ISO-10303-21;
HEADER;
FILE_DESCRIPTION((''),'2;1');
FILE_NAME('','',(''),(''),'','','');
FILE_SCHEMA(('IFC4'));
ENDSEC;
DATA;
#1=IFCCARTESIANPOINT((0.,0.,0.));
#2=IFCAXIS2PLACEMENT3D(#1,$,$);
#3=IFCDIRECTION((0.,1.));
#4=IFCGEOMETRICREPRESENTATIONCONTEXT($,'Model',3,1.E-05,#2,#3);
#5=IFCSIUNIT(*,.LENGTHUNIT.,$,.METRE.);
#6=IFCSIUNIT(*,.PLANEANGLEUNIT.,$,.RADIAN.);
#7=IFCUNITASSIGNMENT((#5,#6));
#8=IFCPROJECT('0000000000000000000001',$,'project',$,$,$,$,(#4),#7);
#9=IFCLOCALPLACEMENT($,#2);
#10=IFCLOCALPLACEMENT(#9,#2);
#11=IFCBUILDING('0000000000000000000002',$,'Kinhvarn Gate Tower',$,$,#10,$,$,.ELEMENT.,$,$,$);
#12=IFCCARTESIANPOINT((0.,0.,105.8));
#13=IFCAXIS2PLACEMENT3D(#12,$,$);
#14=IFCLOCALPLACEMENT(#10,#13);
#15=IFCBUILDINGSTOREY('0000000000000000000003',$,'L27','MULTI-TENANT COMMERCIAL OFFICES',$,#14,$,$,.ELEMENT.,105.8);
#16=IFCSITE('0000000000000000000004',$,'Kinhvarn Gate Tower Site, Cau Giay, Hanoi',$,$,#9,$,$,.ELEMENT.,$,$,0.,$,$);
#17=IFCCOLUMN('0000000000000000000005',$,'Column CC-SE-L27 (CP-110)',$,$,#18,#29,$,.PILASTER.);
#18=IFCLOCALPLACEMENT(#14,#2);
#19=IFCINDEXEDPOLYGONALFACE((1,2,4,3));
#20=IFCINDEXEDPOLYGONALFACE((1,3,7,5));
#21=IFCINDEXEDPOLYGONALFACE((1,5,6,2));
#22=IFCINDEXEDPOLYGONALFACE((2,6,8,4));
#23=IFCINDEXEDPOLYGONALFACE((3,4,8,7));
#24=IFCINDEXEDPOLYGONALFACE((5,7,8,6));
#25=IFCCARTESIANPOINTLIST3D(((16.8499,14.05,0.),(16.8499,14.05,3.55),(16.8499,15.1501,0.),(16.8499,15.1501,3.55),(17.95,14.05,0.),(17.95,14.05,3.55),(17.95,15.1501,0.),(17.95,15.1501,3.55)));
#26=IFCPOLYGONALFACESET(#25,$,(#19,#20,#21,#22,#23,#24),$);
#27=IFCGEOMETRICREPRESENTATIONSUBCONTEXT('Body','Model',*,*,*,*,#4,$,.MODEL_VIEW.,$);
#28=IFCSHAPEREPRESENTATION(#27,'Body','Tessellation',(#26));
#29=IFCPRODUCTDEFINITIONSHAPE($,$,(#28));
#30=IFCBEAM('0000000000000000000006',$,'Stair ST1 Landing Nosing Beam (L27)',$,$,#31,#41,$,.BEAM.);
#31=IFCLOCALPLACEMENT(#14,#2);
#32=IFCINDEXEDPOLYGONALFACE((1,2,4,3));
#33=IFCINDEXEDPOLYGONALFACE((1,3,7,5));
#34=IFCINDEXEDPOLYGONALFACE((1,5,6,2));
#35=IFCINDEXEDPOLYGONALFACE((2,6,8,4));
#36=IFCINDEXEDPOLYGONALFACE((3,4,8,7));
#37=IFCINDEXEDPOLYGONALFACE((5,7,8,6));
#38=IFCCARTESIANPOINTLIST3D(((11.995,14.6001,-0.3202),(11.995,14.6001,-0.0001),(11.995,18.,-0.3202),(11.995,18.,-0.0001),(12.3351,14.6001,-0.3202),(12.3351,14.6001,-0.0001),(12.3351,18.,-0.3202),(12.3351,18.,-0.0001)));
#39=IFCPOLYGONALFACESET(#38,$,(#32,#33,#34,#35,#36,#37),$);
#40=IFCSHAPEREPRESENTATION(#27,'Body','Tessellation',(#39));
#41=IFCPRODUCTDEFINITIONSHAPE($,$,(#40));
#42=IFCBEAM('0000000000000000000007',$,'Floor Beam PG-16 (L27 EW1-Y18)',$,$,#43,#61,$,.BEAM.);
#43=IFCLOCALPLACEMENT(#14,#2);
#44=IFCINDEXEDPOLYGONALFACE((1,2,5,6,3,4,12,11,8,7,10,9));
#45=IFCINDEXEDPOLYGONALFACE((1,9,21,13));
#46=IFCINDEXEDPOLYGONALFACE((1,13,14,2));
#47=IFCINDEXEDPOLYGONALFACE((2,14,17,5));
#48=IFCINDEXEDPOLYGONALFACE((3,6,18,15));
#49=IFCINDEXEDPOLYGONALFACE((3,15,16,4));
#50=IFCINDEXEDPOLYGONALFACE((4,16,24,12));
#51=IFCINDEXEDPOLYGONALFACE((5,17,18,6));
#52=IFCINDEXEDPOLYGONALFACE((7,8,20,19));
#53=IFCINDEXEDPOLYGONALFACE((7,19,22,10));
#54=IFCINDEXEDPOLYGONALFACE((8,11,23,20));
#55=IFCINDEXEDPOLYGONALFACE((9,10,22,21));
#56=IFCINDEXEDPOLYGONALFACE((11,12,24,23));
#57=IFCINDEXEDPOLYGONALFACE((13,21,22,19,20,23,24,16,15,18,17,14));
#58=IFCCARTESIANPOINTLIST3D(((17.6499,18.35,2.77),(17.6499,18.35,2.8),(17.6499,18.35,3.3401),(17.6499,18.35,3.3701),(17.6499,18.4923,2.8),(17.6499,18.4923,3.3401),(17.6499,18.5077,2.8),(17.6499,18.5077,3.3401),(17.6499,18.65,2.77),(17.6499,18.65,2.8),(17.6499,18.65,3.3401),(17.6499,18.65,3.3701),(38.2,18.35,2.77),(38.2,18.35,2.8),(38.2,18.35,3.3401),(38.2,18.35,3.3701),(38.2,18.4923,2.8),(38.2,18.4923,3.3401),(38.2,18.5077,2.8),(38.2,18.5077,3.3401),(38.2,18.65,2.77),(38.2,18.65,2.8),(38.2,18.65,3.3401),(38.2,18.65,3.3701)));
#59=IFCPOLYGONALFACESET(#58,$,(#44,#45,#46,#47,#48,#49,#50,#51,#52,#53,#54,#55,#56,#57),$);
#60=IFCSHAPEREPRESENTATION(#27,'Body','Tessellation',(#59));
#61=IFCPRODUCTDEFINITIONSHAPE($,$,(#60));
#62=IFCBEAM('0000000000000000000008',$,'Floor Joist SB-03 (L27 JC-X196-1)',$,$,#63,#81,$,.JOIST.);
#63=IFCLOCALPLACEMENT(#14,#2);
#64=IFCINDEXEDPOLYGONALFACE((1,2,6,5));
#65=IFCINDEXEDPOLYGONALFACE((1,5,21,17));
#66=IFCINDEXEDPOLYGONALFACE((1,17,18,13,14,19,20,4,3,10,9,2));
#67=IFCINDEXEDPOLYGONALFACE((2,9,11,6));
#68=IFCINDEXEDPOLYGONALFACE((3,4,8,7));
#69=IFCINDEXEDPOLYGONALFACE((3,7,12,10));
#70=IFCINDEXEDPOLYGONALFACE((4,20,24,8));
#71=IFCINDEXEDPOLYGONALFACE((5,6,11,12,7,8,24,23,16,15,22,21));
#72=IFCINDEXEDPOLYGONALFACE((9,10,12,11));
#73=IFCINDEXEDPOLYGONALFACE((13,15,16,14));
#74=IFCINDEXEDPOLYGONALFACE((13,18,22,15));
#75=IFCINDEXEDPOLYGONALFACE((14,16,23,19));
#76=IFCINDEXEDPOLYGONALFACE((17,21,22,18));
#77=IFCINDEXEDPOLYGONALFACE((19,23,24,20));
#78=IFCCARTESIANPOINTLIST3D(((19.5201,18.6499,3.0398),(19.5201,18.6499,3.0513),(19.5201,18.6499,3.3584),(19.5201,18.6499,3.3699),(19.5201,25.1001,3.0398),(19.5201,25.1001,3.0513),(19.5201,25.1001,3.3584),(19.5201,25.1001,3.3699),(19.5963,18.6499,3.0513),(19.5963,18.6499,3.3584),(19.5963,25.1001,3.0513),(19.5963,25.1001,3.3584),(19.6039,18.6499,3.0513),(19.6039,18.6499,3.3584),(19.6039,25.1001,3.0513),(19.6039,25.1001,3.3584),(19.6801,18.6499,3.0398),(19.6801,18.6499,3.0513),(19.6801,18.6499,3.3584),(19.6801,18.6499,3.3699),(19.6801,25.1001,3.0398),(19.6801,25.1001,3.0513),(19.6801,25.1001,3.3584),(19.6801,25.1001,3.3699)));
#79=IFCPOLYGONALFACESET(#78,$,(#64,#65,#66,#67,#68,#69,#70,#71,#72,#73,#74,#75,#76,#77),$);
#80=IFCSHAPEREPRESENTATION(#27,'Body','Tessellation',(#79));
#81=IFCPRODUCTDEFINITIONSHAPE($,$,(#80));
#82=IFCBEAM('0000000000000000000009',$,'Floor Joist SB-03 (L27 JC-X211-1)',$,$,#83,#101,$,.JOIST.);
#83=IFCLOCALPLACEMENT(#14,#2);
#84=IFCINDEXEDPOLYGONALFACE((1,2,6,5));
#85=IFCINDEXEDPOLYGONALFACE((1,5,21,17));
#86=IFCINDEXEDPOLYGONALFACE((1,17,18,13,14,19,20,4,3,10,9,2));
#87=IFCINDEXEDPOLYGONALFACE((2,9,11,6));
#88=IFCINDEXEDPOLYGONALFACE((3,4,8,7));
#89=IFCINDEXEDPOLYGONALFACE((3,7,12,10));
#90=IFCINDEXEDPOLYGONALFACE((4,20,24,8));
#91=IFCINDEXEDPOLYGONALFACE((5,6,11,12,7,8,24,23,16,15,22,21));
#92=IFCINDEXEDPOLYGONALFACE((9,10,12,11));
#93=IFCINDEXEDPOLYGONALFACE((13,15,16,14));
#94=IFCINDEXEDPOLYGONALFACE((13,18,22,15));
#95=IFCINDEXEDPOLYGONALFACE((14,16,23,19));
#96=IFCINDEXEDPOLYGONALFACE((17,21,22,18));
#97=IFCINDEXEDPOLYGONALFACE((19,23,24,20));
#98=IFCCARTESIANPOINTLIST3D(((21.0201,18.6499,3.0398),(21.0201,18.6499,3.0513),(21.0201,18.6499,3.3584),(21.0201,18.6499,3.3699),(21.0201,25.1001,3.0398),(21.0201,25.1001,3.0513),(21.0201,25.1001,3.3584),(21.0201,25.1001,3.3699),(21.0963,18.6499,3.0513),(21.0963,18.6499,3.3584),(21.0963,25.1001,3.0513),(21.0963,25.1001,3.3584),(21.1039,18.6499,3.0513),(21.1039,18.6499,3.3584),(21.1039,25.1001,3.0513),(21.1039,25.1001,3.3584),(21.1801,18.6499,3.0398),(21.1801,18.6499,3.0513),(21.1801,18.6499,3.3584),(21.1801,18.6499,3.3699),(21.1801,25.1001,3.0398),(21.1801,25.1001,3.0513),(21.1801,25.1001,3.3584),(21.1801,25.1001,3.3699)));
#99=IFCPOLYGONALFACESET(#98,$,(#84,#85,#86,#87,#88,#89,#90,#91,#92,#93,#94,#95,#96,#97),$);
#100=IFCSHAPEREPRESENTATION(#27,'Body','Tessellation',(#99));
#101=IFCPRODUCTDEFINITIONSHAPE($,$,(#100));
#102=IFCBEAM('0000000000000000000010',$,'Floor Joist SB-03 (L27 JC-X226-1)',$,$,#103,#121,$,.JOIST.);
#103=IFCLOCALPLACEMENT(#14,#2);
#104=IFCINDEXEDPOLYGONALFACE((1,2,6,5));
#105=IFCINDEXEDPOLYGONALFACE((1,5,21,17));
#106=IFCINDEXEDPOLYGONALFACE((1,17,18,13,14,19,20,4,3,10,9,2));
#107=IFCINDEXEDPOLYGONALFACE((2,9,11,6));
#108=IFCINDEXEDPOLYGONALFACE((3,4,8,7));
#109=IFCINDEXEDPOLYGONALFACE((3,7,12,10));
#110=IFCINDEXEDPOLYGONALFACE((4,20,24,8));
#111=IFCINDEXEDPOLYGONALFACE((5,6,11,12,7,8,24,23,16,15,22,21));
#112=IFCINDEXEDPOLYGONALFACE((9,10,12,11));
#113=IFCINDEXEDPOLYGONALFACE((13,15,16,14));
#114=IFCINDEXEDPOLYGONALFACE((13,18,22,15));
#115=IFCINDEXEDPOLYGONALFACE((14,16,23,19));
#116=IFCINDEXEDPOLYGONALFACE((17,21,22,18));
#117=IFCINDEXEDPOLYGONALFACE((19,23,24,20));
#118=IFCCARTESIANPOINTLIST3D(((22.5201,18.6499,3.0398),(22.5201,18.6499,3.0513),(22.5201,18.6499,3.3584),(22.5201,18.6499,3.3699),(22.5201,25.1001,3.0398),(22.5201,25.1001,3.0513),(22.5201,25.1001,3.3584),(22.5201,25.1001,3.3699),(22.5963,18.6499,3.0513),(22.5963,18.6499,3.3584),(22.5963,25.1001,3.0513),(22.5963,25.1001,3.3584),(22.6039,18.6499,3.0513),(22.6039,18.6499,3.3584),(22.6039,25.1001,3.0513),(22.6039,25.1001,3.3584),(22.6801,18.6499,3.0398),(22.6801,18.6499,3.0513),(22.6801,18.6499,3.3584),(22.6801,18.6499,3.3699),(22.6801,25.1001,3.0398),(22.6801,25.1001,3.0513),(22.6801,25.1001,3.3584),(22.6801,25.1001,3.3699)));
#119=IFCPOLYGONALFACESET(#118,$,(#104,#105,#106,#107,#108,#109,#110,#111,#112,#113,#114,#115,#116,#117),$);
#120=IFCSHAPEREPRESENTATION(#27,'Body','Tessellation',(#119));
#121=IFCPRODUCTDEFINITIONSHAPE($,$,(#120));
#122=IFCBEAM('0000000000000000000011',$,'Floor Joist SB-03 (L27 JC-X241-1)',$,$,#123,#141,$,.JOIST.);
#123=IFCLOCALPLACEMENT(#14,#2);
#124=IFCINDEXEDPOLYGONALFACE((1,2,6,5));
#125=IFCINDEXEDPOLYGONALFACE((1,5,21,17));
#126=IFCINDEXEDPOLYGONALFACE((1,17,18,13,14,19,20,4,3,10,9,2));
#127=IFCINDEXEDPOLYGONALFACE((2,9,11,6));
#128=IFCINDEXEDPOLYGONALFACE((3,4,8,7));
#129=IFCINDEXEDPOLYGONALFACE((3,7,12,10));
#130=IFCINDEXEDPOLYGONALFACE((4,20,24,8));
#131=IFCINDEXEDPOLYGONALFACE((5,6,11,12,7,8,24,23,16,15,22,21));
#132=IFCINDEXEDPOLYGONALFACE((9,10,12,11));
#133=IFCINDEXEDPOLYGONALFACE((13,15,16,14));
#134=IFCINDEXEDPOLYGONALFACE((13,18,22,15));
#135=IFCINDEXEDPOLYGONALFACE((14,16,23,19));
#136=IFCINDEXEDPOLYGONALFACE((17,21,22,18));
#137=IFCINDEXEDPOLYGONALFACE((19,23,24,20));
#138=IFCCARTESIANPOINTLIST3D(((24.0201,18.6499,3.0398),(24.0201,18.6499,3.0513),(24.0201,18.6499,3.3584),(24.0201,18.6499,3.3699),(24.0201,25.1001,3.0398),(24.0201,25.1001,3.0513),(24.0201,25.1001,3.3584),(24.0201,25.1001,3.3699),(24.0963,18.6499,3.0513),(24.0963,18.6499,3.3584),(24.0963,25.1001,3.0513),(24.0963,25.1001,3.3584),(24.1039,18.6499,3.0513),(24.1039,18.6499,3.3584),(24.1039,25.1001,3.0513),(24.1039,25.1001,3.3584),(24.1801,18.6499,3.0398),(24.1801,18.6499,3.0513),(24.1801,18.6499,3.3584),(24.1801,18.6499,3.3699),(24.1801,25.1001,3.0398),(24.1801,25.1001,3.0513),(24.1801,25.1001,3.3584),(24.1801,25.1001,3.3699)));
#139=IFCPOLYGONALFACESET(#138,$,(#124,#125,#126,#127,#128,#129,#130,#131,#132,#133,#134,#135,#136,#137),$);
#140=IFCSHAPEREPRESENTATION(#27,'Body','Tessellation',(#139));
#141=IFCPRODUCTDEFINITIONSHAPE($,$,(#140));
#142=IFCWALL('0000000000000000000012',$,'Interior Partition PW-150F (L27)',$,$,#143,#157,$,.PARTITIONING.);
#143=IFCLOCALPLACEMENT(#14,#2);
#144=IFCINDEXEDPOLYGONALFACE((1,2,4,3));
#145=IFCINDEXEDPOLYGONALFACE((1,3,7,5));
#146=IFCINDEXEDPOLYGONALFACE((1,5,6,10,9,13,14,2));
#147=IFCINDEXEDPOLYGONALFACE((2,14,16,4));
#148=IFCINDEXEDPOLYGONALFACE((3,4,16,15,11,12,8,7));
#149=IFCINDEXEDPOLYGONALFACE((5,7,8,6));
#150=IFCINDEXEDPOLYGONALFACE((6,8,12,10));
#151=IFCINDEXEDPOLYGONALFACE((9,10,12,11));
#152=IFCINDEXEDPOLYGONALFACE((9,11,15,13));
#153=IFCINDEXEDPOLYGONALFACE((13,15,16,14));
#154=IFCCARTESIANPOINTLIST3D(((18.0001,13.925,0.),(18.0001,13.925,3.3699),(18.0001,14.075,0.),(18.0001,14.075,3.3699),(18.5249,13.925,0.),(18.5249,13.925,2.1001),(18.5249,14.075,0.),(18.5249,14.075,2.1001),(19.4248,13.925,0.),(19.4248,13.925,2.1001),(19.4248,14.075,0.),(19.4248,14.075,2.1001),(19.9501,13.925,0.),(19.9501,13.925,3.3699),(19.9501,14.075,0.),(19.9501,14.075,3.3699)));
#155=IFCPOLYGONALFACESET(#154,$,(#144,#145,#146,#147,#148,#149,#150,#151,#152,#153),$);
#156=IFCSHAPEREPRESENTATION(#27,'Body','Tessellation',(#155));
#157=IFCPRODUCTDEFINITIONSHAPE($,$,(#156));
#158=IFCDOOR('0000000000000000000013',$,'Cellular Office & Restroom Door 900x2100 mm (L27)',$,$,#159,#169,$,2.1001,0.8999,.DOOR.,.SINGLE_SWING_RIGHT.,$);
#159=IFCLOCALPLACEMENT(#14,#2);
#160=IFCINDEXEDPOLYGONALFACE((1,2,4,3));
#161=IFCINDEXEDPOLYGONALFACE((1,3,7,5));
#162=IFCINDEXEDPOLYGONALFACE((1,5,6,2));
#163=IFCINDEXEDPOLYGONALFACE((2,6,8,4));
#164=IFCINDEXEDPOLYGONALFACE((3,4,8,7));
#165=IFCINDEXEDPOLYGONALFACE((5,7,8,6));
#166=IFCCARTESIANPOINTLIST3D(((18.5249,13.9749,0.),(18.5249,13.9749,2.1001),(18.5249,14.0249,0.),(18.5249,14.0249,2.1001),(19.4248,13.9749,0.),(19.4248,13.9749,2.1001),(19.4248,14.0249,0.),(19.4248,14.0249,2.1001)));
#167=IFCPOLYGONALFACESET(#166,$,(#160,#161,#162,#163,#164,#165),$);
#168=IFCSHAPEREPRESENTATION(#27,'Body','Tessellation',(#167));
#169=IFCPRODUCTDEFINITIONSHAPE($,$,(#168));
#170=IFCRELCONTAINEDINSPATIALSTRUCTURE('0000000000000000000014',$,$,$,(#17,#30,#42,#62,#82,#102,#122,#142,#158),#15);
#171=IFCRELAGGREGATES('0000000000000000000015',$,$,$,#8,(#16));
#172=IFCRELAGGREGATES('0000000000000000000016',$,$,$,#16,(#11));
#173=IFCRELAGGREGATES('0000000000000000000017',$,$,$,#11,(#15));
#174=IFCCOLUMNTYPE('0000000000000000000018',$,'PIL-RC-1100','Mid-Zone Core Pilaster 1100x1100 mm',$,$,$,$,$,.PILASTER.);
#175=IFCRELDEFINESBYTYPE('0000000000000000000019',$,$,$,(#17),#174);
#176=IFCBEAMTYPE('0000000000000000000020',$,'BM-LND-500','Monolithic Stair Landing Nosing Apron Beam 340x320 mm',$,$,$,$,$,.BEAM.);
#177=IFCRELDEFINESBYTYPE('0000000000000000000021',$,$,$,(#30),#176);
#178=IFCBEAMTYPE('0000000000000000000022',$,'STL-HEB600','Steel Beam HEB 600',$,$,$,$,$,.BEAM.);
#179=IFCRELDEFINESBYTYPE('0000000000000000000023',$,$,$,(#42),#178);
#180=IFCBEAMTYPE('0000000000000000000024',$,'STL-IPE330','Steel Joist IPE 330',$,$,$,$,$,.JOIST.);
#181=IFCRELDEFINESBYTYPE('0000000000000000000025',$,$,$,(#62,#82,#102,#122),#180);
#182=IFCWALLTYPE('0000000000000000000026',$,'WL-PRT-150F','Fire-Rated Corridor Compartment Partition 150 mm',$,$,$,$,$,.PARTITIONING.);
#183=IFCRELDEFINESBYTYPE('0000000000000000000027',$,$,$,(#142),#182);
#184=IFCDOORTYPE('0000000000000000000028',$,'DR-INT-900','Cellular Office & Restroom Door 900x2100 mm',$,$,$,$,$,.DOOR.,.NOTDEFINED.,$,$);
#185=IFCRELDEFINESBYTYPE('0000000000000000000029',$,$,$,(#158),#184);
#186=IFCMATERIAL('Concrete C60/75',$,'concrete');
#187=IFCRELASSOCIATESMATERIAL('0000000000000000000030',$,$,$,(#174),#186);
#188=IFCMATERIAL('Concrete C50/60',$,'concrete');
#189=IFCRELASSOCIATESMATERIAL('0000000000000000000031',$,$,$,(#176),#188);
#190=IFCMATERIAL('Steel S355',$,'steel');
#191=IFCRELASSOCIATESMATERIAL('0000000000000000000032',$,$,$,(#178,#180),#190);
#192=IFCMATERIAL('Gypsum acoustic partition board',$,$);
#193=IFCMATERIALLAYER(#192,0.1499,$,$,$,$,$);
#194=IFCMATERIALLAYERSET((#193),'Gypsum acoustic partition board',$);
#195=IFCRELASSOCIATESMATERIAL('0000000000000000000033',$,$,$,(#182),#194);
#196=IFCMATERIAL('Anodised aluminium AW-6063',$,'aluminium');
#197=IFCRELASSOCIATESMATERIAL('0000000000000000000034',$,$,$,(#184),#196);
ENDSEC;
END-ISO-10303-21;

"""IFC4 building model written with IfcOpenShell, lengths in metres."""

from ifc_helpers import new_model, si_unit, direction, frame, frame_2d, origin, origin_2d, place, context, subcontext, project, spatial, rectangle, i_section, extrude, material, layer, layer_set, material_profile, profile_set, type_object, element, fill, save


model = new_model("IFC4")

# Units and contexts
model_context = context("Model", 3, precision=1e-05, world=origin(), true_north=direction((0.0, 1.0)))
body_context = subcontext(model_context, "Body", "Model", "MODEL_VIEW")
ifc_project = project(units=[si_unit("LENGTHUNIT", "METRE"), si_unit("PLANEANGLEUNIT", "RADIAN")], contexts=[model_context])

# Site, building, storey
site_placement = place(None, origin())
site = spatial("IfcSite", under=ifc_project, at=site_placement, Name="Kinhvarn Gate Tower Site, Cau Giay, Hanoi", CompositionType="ELEMENT", RefElevation=0.0)
building_placement = place(site_placement, origin())
building = spatial("IfcBuilding", under=site, at=building_placement, Name="Kinhvarn Gate Tower", CompositionType="ELEMENT")
storey_placement = place(building_placement, frame((0.0, 0.0, 105.8)))
storey = spatial("IfcBuildingStorey", under=building, at=storey_placement, Name="L27", Description="MULTI-TENANT COMMERCIAL OFFICES", CompositionType="ELEMENT", Elevation=105.8)

# Column
ifc_material_1 = material(Name="Concrete C60/75", Category="concrete")
ifc_material_profile_1 = material_profile(ifc_material_1, rectangle(XDim=1.1001, YDim=1.1001, at=origin_2d()), Name="RC 1100x1100")
ifc_profile_set_1 = profile_set([ifc_material_profile_1], Name="Concrete C60/75")
column_type = type_object("IfcColumnType", Name="PIL-RC-1100", Description="Mid-Zone Core Pilaster 1100x1100 mm", PredefinedType="PILASTER", material=ifc_profile_set_1)
column_placement = place(storey_placement, frame((17.3999, 14.6001, 0.0), z_axis=(0.0, 0.0, 1.0), x_axis=(1.0, 0.0, 0.0)))
element("IfcColumn", 1, at=column_placement, inside=storey, type_object=column_type, Name="Column CC-SE-L27 (CP-110)", PredefinedType="PILASTER", context=body_context, shape_type="SweptSolid", body=[
    extrude(rectangle(XDim=1.1001, YDim=1.1001, at=origin_2d()), origin(), (0.0, 0.0, 1.0), 3.55),
])

# Beams
ifc_material_2 = material(Name="Concrete C50/60", Category="concrete")
ifc_material_profile_2 = material_profile(ifc_material_2, rectangle(XDim=0.3401, YDim=0.3201, at=origin_2d()), Name="RC 340x320")
ifc_profile_set_2 = profile_set([ifc_material_profile_2], Name="Concrete C50/60")
beam_type_1 = type_object("IfcBeamType", Name="BM-LND-500", Description="Monolithic Stair Landing Nosing Apron Beam 340x320 mm", PredefinedType="BEAM", material=ifc_profile_set_2)
beam_1_placement = place(storey_placement, frame((12.165, 14.6001, -0.1602), z_axis=(0.0, 1.0, 0.0), x_axis=(-1.0, 0.0, 0.0)))
element("IfcBeam", 2, at=beam_1_placement, inside=storey, type_object=beam_type_1, Name="Stair ST1 Landing Nosing Beam (L27)", PredefinedType="BEAM", context=body_context, shape_type="SweptSolid", body=[
    extrude(rectangle(XDim=0.3401, YDim=0.3201, at=origin_2d()), origin(), (0.0, 0.0, 1.0), 3.3999),
])
ifc_material_3 = material(Name="Steel S355", Category="steel")
ifc_material_profile_3 = material_profile(ifc_material_3, i_section(OverallWidth=0.3, OverallDepth=0.6001, WebThickness=0.0154, FlangeThickness=0.03, at=origin_2d()), Name="HEB 600")
ifc_profile_set_3 = profile_set([ifc_material_profile_3], Name="Steel S355")
beam_type_2 = type_object("IfcBeamType", Name="STL-HEB600", Description="Steel Beam HEB 600", PredefinedType="BEAM", material=ifc_profile_set_3)
beam_2_placement = place(storey_placement, frame((17.6499, 18.5, 3.0701), z_axis=(1.0, 0.0, 0.0), x_axis=(0.0, 1.0, 0.0)))
element("IfcBeam", 3, at=beam_2_placement, inside=storey, type_object=beam_type_2, Name="Floor Beam PG-16 (L27 EW1-Y18)", PredefinedType="BEAM", context=body_context, shape_type="SweptSolid", body=[
    extrude(i_section(OverallWidth=0.3, OverallDepth=0.6001, WebThickness=0.0154, FlangeThickness=0.03, at=origin_2d()), origin(), (0.0, 0.0, 1.0), 20.55),
])
ifc_material_profile_4 = material_profile(ifc_material_3, i_section(OverallWidth=0.1599, OverallDepth=0.3301, WebThickness=0.0076, FlangeThickness=0.0115, at=origin_2d()), Name="IPE 330")
ifc_profile_set_4 = profile_set([ifc_material_profile_4], Name="Steel S355")
beam_type_3 = type_object("IfcBeamType", Name="STL-IPE330", Description="Steel Joist IPE 330", PredefinedType="JOIST", material=ifc_profile_set_4)
for number, where, z_axis, x_axis, name in (
    (4, (19.6001, 18.6499, 3.2048), (0.0, 1.0, 0.0), (-1.0, 0.0, 0.0), "Floor Joist SB-03 (L27 JC-X196-1)"),
    (5, (21.1001, 18.6499, 3.2048), (0.0, 1.0, 0.0), (-1.0, 0.0, 0.0), "Floor Joist SB-03 (L27 JC-X211-1)"),
    (6, (22.6001, 18.6499, 3.2048), (0.0, 1.0, 0.0), (-1.0, 0.0, 0.0), "Floor Joist SB-03 (L27 JC-X226-1)"),
    (7, (24.1001, 18.6499, 3.2048), (0.0, 1.0, 0.0), (-1.0, 0.0, 0.0), "Floor Joist SB-03 (L27 JC-X241-1)"),
):
    element("IfcBeam", number, at=place(storey_placement, frame(where, z_axis=z_axis, x_axis=x_axis)), inside=storey, type_object=beam_type_3, Name=name, PredefinedType="JOIST", context=body_context, shape_type="SweptSolid", body=[
        extrude(i_section(OverallWidth=0.1599, OverallDepth=0.3301, WebThickness=0.0076, FlangeThickness=0.0115, at=origin_2d()), origin(), (0.0, 0.0, 1.0), 6.4502),
    ])

# Wall, opening, door
ifc_material_4 = material(Name="Anodised aluminium AW-6063", Category="aluminium")
ifc_material_5 = material(Name="Gypsum acoustic partition board")
ifc_layer_1 = layer(ifc_material_5, 0.1499)
ifc_layer_set_1 = layer_set([ifc_layer_1], Name="Gypsum acoustic partition board")
wall_type_1 = type_object("IfcWallType", Name="WL-PRT-150F", Description="Fire-Rated Corridor Compartment Partition 150 mm", PredefinedType="PARTITIONING", material=ifc_layer_set_1)
wall_1_placement = place(storey_placement, frame((18.0, 14.0, 0.0), z_axis=(0.0, 0.0, 1.0), x_axis=(1.0, 0.0, 0.0)))
wall_1 = element("IfcWall", 8, at=wall_1_placement, inside=storey, type_object=wall_type_1, Name="Interior Partition PW-150F (L27)", PredefinedType="PARTITIONING", context=body_context, shape_type="SweptSolid", body=[
    extrude(rectangle(XDim=1.95, YDim=0.1499, at=frame_2d((0.9751, 0.0))), origin(), (0.0, 0.0, 1.0), 3.3699),
])
opening_1_placement = place(wall_1_placement, frame((0.5249, 0.0, 0.0)))
opening_1 = element("IfcOpeningElement", 9, at=opening_1_placement, cuts=wall_1, PredefinedType="OPENING", context=body_context, shape_type="SweptSolid", body=[
    extrude(rectangle(XDim=0.8999, YDim=2.1001, at=frame_2d((0.45, 1.05))), frame((0.0, 0.085, 0.0), z_axis=(0.0, -1.0, 0.0), x_axis=(1.0, 0.0, 0.0)), (0.0, 0.0, 1.0), 0.1699),
])
door_type_1 = type_object("IfcDoorType", Name="DR-INT-900", Description="Cellular Office & Restroom Door 900x2100 mm", OperationType="NOTDEFINED", PredefinedType="DOOR", material=ifc_material_4)
door_1_placement = place(opening_1_placement, origin())
door_1 = element("IfcDoor", 10, at=door_1_placement, inside=storey, type_object=door_type_1, Name="Cellular Office & Restroom Door 900x2100 mm (L27)", OperationType="SINGLE_SWING_RIGHT", OverallHeight=2.1001, OverallWidth=0.8999, PredefinedType="DOOR", context=body_context, shape_type="SweptSolid", body=[
    extrude(rectangle(XDim=0.8999, YDim=2.1001, at=frame_2d((0.45, 1.05))), frame((0.0, 0.0249, 0.0), z_axis=(0.0, -1.0, 0.0), x_axis=(1.0, 0.0, 0.0)), (0.0, 0.0, 1.0), 0.05),
])
fill(opening_1, door_1)

save(model, "model.ifc")
